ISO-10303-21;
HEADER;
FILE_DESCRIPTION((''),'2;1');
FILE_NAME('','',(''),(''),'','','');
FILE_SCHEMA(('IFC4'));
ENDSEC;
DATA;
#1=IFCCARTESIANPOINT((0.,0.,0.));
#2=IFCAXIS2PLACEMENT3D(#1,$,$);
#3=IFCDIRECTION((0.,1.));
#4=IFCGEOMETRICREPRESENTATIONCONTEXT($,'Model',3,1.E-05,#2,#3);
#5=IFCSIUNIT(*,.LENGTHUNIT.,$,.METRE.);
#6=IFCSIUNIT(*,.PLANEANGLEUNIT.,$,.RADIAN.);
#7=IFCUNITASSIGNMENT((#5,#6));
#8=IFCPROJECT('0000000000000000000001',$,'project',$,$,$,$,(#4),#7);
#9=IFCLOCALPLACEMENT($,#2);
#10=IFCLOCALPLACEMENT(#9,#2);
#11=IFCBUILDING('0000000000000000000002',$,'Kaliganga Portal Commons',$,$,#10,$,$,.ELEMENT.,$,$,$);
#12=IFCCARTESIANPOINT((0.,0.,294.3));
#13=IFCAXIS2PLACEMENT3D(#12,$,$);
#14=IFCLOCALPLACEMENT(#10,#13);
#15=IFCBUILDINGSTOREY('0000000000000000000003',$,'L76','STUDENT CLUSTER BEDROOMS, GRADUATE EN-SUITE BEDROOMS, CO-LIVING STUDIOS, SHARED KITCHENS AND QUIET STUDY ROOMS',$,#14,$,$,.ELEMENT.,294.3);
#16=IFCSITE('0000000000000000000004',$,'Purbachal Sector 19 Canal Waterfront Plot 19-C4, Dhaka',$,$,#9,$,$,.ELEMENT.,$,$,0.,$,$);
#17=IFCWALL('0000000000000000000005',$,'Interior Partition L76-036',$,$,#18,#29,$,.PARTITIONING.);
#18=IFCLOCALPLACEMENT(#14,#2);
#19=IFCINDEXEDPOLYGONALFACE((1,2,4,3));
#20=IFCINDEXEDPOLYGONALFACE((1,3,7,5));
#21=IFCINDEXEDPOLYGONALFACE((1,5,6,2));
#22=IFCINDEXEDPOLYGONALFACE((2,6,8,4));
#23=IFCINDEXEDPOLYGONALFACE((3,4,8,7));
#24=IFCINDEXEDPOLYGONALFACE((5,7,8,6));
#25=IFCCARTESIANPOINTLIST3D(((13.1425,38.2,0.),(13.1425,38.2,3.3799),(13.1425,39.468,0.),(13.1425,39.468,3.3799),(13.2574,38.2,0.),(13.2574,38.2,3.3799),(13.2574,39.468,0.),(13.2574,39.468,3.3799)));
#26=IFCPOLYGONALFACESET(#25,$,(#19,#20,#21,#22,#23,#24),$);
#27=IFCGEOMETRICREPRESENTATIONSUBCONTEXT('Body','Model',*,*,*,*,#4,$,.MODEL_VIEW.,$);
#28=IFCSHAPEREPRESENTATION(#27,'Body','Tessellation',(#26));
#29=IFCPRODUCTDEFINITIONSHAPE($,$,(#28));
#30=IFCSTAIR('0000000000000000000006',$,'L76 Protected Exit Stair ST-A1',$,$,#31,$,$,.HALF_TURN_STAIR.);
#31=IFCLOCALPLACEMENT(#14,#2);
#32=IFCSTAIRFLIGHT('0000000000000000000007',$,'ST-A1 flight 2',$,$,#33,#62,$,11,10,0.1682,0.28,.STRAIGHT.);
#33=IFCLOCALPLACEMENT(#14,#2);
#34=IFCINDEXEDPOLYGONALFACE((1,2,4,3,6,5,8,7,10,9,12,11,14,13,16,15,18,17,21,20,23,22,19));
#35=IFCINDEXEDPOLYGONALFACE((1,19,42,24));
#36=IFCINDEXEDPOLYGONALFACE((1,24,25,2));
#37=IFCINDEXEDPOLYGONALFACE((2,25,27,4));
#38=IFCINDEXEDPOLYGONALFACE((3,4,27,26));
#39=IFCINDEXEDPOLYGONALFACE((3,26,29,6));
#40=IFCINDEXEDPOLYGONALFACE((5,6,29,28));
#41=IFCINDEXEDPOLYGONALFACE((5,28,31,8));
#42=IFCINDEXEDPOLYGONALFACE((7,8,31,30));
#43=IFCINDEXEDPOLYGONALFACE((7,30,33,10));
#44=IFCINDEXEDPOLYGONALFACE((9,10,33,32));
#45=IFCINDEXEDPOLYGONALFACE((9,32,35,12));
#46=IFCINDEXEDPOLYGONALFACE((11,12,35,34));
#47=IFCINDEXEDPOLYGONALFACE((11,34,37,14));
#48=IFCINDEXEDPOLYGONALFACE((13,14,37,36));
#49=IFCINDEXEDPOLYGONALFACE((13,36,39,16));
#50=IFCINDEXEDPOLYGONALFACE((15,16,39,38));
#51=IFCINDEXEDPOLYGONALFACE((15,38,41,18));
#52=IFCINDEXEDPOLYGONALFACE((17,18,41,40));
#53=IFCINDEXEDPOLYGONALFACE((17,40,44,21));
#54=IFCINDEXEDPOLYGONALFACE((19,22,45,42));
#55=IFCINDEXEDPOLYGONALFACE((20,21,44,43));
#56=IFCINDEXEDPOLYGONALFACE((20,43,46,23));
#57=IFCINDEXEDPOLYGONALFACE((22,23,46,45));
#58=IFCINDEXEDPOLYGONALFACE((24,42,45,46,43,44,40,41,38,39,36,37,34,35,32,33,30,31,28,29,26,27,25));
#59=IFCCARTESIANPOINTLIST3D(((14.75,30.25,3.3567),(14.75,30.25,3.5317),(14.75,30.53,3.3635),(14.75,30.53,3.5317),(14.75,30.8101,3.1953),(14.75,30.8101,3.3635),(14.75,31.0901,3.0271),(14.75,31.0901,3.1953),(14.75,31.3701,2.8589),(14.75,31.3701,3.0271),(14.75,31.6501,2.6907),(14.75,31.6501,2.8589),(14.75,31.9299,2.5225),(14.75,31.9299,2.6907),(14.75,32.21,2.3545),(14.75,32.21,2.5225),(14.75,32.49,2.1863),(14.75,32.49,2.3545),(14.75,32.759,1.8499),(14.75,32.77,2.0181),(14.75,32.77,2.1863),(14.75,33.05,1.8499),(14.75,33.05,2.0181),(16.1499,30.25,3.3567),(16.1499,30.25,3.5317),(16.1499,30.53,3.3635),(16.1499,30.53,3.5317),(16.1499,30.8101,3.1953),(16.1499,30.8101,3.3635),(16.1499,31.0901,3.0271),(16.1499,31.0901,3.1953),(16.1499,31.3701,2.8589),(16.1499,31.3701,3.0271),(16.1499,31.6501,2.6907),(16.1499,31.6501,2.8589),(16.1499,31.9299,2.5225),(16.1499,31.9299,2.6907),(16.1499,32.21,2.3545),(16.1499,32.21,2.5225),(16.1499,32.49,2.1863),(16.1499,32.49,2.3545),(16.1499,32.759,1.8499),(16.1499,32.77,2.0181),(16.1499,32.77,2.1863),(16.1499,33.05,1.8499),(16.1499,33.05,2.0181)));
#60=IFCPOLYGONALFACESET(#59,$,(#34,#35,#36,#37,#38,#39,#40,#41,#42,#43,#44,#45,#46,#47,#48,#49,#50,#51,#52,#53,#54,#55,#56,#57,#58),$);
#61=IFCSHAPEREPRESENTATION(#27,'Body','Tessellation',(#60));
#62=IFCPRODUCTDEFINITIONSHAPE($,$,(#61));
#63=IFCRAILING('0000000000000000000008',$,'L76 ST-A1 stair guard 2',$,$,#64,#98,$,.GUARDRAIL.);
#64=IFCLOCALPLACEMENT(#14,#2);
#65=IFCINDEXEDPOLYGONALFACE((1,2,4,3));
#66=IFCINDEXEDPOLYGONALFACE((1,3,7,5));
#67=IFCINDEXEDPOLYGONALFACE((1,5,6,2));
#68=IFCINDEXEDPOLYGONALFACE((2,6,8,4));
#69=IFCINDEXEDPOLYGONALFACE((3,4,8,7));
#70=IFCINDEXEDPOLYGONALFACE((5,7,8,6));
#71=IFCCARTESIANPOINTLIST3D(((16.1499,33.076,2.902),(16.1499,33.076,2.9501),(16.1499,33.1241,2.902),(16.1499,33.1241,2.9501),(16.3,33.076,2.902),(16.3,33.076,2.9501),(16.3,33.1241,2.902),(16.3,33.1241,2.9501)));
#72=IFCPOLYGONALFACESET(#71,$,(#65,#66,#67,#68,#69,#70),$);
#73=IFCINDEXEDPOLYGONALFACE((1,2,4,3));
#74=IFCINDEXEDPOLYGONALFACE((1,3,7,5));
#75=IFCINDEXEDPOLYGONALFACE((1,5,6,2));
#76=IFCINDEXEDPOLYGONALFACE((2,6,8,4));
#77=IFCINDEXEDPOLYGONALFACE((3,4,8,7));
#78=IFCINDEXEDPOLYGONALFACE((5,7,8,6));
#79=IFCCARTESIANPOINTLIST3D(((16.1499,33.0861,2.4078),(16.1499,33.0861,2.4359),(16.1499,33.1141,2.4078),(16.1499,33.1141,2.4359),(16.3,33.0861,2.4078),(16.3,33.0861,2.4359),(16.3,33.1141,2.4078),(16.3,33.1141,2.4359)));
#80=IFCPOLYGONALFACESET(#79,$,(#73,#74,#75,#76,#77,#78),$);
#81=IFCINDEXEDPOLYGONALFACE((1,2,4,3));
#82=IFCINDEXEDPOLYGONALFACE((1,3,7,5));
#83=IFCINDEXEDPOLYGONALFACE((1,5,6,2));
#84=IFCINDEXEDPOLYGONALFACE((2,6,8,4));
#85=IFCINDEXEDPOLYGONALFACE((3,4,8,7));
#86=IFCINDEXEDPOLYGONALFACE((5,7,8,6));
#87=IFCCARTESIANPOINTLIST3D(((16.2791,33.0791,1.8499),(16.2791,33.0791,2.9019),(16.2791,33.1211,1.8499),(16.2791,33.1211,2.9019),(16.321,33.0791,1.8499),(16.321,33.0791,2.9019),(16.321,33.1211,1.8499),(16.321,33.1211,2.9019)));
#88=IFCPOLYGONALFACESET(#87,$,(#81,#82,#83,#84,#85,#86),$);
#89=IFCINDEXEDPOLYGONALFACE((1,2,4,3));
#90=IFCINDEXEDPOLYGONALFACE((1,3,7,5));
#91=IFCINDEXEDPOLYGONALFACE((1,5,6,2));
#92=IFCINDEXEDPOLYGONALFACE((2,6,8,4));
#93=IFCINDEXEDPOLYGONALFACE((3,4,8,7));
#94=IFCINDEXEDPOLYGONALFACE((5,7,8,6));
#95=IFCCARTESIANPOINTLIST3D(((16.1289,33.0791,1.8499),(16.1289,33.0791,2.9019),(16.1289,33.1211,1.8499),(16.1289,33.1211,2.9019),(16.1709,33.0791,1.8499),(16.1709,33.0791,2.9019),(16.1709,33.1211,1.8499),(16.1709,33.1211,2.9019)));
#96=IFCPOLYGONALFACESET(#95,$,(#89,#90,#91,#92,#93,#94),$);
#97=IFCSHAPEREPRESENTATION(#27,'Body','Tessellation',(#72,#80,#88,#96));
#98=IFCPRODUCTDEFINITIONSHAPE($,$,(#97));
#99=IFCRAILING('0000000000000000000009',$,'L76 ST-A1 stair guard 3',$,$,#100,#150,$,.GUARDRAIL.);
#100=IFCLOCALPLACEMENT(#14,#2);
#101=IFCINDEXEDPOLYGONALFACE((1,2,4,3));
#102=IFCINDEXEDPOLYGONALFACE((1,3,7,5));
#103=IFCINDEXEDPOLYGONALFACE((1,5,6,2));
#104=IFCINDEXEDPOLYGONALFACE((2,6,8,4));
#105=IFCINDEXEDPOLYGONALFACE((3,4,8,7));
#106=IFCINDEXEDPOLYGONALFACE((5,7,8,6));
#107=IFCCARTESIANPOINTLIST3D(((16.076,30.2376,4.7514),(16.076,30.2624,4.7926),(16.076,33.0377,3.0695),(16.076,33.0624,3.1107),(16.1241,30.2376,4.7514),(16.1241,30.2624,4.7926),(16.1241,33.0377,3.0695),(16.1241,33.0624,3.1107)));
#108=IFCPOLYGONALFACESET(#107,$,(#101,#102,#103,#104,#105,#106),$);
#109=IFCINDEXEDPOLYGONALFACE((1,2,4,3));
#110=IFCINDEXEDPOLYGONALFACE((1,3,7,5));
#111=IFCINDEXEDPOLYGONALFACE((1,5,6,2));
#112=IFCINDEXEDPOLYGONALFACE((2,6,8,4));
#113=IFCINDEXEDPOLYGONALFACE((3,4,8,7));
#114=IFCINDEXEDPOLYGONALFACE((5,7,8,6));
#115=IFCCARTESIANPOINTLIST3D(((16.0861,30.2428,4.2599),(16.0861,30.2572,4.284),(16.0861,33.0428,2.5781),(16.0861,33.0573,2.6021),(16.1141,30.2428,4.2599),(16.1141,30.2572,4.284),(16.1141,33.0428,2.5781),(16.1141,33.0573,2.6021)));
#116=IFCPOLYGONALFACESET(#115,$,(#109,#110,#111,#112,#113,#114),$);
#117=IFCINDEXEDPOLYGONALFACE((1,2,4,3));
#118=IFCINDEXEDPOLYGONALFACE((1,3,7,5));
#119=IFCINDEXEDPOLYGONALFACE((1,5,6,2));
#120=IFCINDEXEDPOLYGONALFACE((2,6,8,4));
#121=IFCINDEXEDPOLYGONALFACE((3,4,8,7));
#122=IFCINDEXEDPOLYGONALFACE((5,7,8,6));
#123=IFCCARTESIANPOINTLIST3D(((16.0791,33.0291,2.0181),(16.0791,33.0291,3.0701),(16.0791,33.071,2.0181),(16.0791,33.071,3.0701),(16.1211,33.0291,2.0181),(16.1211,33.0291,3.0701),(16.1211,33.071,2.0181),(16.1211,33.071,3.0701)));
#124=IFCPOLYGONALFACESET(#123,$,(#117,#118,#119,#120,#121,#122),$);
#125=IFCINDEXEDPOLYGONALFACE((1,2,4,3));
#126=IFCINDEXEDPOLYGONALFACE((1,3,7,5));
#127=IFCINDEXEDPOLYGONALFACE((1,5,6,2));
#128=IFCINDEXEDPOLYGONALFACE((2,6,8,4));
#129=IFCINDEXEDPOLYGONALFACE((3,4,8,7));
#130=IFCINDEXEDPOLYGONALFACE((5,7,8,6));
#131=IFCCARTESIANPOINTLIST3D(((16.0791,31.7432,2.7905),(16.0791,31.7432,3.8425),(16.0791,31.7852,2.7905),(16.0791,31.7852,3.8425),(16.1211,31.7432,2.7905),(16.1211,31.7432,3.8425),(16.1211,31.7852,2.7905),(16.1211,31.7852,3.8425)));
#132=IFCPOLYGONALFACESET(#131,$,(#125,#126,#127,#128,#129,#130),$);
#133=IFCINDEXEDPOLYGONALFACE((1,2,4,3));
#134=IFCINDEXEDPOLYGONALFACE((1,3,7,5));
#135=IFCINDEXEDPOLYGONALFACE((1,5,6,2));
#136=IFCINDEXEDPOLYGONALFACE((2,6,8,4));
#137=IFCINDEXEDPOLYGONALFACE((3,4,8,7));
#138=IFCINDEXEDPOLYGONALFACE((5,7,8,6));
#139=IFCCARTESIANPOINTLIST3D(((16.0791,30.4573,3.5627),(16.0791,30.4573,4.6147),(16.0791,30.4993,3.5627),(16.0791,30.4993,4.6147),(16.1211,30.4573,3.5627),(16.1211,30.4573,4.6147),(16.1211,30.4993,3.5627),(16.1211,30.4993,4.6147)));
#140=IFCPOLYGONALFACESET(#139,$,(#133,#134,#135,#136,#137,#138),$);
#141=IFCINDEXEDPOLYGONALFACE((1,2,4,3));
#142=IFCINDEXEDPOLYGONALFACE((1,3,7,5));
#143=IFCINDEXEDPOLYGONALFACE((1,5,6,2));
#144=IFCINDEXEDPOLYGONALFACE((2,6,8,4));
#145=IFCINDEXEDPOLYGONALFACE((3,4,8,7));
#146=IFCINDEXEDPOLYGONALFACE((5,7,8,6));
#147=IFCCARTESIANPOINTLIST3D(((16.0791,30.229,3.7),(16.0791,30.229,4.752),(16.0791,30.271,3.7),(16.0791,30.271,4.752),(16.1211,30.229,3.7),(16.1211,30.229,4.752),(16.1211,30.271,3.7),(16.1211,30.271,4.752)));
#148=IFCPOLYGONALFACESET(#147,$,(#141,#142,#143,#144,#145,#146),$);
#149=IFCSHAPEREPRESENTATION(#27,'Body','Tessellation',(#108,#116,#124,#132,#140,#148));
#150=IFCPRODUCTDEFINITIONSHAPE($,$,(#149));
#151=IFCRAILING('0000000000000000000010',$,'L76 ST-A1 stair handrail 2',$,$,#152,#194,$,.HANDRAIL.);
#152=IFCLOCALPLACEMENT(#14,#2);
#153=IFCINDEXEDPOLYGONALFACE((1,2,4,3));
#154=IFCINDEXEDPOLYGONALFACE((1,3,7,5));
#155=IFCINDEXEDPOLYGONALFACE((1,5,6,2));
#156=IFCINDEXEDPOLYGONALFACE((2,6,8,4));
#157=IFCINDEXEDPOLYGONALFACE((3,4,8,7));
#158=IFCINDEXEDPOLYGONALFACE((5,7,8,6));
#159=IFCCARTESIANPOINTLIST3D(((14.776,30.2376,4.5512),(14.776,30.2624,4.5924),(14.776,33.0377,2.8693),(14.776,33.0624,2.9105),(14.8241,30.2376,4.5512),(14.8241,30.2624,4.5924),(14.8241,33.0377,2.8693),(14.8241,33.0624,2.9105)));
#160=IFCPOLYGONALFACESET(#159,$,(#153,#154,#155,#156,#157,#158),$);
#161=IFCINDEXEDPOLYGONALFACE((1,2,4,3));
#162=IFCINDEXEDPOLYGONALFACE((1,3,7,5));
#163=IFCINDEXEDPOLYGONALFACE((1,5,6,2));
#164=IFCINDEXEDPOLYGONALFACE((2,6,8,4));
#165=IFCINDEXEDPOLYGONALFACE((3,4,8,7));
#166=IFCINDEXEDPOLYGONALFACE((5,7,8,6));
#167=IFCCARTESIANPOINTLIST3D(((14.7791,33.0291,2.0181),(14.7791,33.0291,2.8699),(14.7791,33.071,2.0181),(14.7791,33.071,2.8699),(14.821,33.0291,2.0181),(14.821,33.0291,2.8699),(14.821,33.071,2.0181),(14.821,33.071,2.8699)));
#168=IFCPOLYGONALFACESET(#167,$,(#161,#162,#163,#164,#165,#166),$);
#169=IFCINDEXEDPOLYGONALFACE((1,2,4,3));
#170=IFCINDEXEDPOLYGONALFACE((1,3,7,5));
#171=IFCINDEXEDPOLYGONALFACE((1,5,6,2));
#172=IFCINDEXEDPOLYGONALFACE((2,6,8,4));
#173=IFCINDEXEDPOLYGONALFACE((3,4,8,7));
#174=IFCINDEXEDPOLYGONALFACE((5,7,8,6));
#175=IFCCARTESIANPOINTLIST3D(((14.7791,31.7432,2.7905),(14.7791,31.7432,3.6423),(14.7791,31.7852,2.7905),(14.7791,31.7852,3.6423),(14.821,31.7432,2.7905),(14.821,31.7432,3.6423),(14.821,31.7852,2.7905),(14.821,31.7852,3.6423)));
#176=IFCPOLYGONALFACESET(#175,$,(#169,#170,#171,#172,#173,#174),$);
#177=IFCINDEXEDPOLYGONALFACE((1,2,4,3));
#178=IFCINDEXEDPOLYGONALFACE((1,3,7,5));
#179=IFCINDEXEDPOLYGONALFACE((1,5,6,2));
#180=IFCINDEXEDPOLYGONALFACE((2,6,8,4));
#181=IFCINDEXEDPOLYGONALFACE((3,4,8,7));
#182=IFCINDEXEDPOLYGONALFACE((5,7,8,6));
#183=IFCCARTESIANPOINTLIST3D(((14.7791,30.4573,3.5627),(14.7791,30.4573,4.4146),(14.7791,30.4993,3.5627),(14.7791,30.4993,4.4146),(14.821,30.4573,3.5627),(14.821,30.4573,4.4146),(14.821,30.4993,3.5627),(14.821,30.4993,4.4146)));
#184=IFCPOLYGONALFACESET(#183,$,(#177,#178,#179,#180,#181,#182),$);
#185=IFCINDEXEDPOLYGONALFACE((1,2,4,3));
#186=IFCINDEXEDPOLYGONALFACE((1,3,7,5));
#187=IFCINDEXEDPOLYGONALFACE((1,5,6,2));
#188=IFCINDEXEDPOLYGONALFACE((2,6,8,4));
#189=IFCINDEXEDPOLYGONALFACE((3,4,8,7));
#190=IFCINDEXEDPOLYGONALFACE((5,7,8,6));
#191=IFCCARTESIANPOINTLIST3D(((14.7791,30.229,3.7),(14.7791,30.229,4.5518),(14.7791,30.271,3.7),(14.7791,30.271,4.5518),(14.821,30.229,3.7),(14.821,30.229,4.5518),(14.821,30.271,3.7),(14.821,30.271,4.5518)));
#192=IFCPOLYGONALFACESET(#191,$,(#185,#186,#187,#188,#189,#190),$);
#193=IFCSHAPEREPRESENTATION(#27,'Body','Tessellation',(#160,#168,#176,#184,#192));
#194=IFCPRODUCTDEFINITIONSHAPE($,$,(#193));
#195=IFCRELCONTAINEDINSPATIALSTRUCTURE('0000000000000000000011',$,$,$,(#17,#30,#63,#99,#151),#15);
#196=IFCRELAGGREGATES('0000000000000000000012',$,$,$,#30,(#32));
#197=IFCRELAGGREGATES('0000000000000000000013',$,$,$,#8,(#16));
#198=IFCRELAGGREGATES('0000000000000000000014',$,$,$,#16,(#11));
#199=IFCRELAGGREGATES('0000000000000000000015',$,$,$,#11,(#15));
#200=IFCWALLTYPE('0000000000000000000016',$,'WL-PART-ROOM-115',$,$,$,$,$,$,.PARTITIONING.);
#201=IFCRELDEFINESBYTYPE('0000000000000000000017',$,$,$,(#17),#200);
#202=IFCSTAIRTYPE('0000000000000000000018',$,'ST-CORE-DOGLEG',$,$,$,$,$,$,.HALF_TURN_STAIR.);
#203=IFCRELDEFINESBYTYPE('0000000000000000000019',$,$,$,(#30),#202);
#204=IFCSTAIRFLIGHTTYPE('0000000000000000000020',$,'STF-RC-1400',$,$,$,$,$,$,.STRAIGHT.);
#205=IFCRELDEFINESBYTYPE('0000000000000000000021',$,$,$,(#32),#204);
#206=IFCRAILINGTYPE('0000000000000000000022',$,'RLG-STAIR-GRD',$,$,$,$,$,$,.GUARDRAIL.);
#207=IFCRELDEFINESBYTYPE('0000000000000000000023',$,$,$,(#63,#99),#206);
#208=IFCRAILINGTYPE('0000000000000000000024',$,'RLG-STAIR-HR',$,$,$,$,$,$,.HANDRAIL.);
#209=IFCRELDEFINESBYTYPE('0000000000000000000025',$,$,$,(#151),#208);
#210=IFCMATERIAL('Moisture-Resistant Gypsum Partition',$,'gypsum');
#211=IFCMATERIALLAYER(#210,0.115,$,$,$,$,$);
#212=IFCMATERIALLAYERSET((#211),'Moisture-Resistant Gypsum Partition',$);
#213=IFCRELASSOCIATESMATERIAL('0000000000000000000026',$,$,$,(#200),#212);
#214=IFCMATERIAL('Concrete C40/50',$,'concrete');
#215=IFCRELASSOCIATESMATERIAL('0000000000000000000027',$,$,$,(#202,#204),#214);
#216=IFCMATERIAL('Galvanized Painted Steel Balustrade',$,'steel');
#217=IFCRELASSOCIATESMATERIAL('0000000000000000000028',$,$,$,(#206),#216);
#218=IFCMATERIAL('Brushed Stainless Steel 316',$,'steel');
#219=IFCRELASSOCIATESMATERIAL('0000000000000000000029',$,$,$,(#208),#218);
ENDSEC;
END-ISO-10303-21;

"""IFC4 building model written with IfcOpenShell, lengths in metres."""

from ifc_helpers import new_model, si_unit, direction, frame, frame_2d, origin, origin_2d, place, context, subcontext, project, spatial, polyline, rectangle, outline, extrude, material, layer, layer_set, type_object, element, aggregate, save


model = new_model("IFC4")

# Units and contexts
model_context = context("Model", 3, precision=1e-05, world=origin(), true_north=direction((0.0, 1.0)))
body_context = subcontext(model_context, "Body", "Model", "MODEL_VIEW")
ifc_project = project(units=[si_unit("LENGTHUNIT", "METRE"), si_unit("PLANEANGLEUNIT", "RADIAN")], contexts=[model_context])

# Site, building, storey
site_placement = place(None, origin())
site = spatial("IfcSite", under=ifc_project, at=site_placement, Name="Purbachal Sector 19 Canal Waterfront Plot 19-C4, Dhaka", CompositionType="ELEMENT", RefElevation=0.0)
building_placement = place(site_placement, origin())
building = spatial("IfcBuilding", under=site, at=building_placement, Name="Kaliganga Portal Commons", CompositionType="ELEMENT")
storey_placement = place(building_placement, frame((0.0, 0.0, 294.3)))
storey = spatial("IfcBuildingStorey", under=building, at=storey_placement, Name="L76", Description="STUDENT CLUSTER BEDROOMS, GRADUATE EN-SUITE BEDROOMS, CO-LIVING STUDIOS, SHARED KITCHENS AND QUIET STUDY ROOMS", CompositionType="ELEMENT", Elevation=294.3)

# Wall
ifc_material_1 = material(Name="Moisture-Resistant Gypsum Partition", Category="gypsum")
ifc_layer_1 = layer(ifc_material_1, 0.115)
ifc_layer_set_1 = layer_set([ifc_layer_1], Name="Moisture-Resistant Gypsum Partition")
wall_type_1 = type_object("IfcWallType", Name="WL-PART-ROOM-115", PredefinedType="PARTITIONING", material=ifc_layer_set_1)
wall_1_placement = place(storey_placement, frame((13.2, 38.2, 0.0), z_axis=(0.0, 0.0, 1.0), x_axis=(0.0, 1.0, 0.0)))
element("IfcWall", 1, at=wall_1_placement, inside=storey, type_object=wall_type_1, Name="Interior Partition L76-036", PredefinedType="PARTITIONING", context=body_context, shape_type="SweptSolid", body=[
    extrude(rectangle(XDim=1.2681, YDim=0.115, at=frame_2d((0.634, 0.0))), origin(), (0.0, 0.0, 1.0), 3.3799),
])

# Stair, stair flight
ifc_material_2 = material(Name="Concrete C40/50", Category="concrete")
stair_type = type_object("IfcStairType", Name="ST-CORE-DOGLEG", PredefinedType="HALF_TURN_STAIR", material=ifc_material_2)
stair_placement = place(storey_placement, origin())
stair = element("IfcStair", 2, at=stair_placement, inside=storey, type_object=stair_type, Name="L76 Protected Exit Stair ST-A1", PredefinedType="HALF_TURN_STAIR")
stair_flight_type = type_object("IfcStairFlightType", Name="STF-RC-1400", PredefinedType="STRAIGHT", material=ifc_material_2)
stair_flight_placement = place(storey_placement, frame((15.45, 33.05, 1.8499), z_axis=(0.0, 0.0, 1.0), x_axis=(0.0, -1.0, 0.0)))
stair_flight = element("IfcStairFlight", 3, at=stair_flight_placement, type_object=stair_flight_type, Name="ST-A1 flight 2", NumberOfRisers=11, NumberOfTreads=10, PredefinedType="STRAIGHT", RiserHeight=0.1682, TreadLength=0.28, context=body_context, shape_type="SweptSolid", body=[
    extrude(outline(polyline([(0.0, 0.0), (0.0, 0.1682), (0.28, 0.1682), (0.28, 0.3364), (0.5601, 0.3364), (0.5601, 0.5046), (0.8401, 0.5046), (0.8401, 0.6726), (1.1201, 0.6726), (1.1201, 0.8408), (1.3999, 0.8408), (1.3999, 1.009), (1.6799, 1.009), (1.6799, 1.1772), (1.96, 1.1772), (1.96, 1.3455), (2.24, 1.3455), (2.24, 1.5137), (2.52, 1.5137), (2.52, 1.6819), (2.8, 1.6819), (2.8, 1.8501), (2.8, 1.5068), (0.291, 0.0), (0.0, 0.0)])), frame((0.0, 0.7, 0.0), z_axis=(0.0, -1.0, 0.0), x_axis=(1.0, 0.0, 0.0)), (0.0, 0.0, 1.0), 1.3999),
])
aggregate(stair, [stair_flight])

# Railings
ifc_material_3 = material(Name="Galvanized Painted Steel Balustrade", Category="steel")
railing_type_1 = type_object("IfcRailingType", Name="RLG-STAIR-GRD", PredefinedType="GUARDRAIL", material=ifc_material_3)
railing_1_placement = place(storey_placement, frame((16.3, 33.1001, 1.8499)))
element("IfcRailing", 4, at=railing_1_placement, inside=storey, type_object=railing_type_1, Name="L76 ST-A1 stair guard 2", PredefinedType="GUARDRAIL", context=body_context, shape_type="SweptSolid", body=[
    extrude(rectangle(XDim=0.0481, YDim=0.0481, at=origin_2d()), frame((0.0, 0.0, 1.0762), z_axis=(-1.0, 0.0, 0.0), x_axis=(0.0, -1.0, 0.0)), (0.0, 0.0, 1.0), 0.1501),
    extrude(rectangle(XDim=0.0281, YDim=0.0281, at=origin_2d()), frame((0.0, 0.0, 0.572), z_axis=(-1.0, 0.0, 0.0), x_axis=(0.0, -1.0, 0.0)), (0.0, 0.0, 1.0), 0.1501),
    extrude(rectangle(XDim=0.042, YDim=0.042, at=origin_2d()), origin(), (0.0, 0.0, 1.0), 1.052),
    extrude(rectangle(XDim=0.042, YDim=0.042, at=origin_2d()), frame((-0.1501, 0.0, 0.0)), (0.0, 0.0, 1.0), 1.052),
])
railing_2_placement = place(storey_placement, frame((16.1001, 33.05, 2.0181)))
element("IfcRailing", 5, at=railing_2_placement, inside=storey, type_object=railing_type_1, Name="L76 ST-A1 stair guard 3", PredefinedType="GUARDRAIL", context=body_context, shape_type="SweptSolid", body=[
    extrude(rectangle(XDim=0.0481, YDim=0.0481, at=origin_2d()), frame((0.0, 0.0, 1.072), z_axis=(0.0, -0.857242, 0.514913), x_axis=(1.0, 0.0, 0.0)), (0.0, 0.0, 1.0), 3.2664),
    extrude(rectangle(XDim=0.0281, YDim=0.0281, at=origin_2d()), frame((0.0, 0.0, 0.572), z_axis=(0.0, -0.857242, 0.514913), x_axis=(1.0, 0.0, 0.0)), (0.0, 0.0, 1.0), 3.2664),
    extrude(rectangle(XDim=0.042, YDim=0.042, at=origin_2d()), origin(), (0.0, 0.0, 1.0), 1.052),
    extrude(rectangle(XDim=0.042, YDim=0.042, at=origin_2d()), frame((0.0, -1.2859, 0.7725)), (0.0, 0.0, 1.0), 1.052),
    extrude(rectangle(XDim=0.042, YDim=0.042, at=origin_2d()), frame((0.0, -2.5718, 1.5447)), (0.0, 0.0, 1.0), 1.052),
    extrude(rectangle(XDim=0.042, YDim=0.042, at=origin_2d()), frame((0.0, -2.8, 1.6819)), (0.0, 0.0, 1.0), 1.052),
])
ifc_material_4 = material(Name="Brushed Stainless Steel 316", Category="steel")
railing_type_2 = type_object("IfcRailingType", Name="RLG-STAIR-HR", PredefinedType="HANDRAIL", material=ifc_material_4)
railing_3_placement = place(storey_placement, frame((14.8, 33.05, 2.0181)))
element("IfcRailing", 6, at=railing_3_placement, inside=storey, type_object=railing_type_2, Name="L76 ST-A1 stair handrail 2", PredefinedType="HANDRAIL", context=body_context, shape_type="SweptSolid", body=[
    extrude(rectangle(XDim=0.0481, YDim=0.0481, at=origin_2d()), frame((0.0, 0.0, 0.8718), z_axis=(0.0, -0.857242, 0.514913), x_axis=(1.0, 0.0, 0.0)), (0.0, 0.0, 1.0), 3.2664),
    extrude(rectangle(XDim=0.042, YDim=0.042, at=origin_2d()), origin(), (0.0, 0.0, 1.0), 0.8518),
    extrude(rectangle(XDim=0.042, YDim=0.042, at=origin_2d()), frame((0.0, -1.2859, 0.7725)), (0.0, 0.0, 1.0), 0.8518),
    extrude(rectangle(XDim=0.042, YDim=0.042, at=origin_2d()), frame((0.0, -2.5718, 1.5447)), (0.0, 0.0, 1.0), 0.8518),
    extrude(rectangle(XDim=0.042, YDim=0.042, at=origin_2d()), frame((0.0, -2.8, 1.6819)), (0.0, 0.0, 1.0), 0.8518),
])

save(model, "model.ifc")
